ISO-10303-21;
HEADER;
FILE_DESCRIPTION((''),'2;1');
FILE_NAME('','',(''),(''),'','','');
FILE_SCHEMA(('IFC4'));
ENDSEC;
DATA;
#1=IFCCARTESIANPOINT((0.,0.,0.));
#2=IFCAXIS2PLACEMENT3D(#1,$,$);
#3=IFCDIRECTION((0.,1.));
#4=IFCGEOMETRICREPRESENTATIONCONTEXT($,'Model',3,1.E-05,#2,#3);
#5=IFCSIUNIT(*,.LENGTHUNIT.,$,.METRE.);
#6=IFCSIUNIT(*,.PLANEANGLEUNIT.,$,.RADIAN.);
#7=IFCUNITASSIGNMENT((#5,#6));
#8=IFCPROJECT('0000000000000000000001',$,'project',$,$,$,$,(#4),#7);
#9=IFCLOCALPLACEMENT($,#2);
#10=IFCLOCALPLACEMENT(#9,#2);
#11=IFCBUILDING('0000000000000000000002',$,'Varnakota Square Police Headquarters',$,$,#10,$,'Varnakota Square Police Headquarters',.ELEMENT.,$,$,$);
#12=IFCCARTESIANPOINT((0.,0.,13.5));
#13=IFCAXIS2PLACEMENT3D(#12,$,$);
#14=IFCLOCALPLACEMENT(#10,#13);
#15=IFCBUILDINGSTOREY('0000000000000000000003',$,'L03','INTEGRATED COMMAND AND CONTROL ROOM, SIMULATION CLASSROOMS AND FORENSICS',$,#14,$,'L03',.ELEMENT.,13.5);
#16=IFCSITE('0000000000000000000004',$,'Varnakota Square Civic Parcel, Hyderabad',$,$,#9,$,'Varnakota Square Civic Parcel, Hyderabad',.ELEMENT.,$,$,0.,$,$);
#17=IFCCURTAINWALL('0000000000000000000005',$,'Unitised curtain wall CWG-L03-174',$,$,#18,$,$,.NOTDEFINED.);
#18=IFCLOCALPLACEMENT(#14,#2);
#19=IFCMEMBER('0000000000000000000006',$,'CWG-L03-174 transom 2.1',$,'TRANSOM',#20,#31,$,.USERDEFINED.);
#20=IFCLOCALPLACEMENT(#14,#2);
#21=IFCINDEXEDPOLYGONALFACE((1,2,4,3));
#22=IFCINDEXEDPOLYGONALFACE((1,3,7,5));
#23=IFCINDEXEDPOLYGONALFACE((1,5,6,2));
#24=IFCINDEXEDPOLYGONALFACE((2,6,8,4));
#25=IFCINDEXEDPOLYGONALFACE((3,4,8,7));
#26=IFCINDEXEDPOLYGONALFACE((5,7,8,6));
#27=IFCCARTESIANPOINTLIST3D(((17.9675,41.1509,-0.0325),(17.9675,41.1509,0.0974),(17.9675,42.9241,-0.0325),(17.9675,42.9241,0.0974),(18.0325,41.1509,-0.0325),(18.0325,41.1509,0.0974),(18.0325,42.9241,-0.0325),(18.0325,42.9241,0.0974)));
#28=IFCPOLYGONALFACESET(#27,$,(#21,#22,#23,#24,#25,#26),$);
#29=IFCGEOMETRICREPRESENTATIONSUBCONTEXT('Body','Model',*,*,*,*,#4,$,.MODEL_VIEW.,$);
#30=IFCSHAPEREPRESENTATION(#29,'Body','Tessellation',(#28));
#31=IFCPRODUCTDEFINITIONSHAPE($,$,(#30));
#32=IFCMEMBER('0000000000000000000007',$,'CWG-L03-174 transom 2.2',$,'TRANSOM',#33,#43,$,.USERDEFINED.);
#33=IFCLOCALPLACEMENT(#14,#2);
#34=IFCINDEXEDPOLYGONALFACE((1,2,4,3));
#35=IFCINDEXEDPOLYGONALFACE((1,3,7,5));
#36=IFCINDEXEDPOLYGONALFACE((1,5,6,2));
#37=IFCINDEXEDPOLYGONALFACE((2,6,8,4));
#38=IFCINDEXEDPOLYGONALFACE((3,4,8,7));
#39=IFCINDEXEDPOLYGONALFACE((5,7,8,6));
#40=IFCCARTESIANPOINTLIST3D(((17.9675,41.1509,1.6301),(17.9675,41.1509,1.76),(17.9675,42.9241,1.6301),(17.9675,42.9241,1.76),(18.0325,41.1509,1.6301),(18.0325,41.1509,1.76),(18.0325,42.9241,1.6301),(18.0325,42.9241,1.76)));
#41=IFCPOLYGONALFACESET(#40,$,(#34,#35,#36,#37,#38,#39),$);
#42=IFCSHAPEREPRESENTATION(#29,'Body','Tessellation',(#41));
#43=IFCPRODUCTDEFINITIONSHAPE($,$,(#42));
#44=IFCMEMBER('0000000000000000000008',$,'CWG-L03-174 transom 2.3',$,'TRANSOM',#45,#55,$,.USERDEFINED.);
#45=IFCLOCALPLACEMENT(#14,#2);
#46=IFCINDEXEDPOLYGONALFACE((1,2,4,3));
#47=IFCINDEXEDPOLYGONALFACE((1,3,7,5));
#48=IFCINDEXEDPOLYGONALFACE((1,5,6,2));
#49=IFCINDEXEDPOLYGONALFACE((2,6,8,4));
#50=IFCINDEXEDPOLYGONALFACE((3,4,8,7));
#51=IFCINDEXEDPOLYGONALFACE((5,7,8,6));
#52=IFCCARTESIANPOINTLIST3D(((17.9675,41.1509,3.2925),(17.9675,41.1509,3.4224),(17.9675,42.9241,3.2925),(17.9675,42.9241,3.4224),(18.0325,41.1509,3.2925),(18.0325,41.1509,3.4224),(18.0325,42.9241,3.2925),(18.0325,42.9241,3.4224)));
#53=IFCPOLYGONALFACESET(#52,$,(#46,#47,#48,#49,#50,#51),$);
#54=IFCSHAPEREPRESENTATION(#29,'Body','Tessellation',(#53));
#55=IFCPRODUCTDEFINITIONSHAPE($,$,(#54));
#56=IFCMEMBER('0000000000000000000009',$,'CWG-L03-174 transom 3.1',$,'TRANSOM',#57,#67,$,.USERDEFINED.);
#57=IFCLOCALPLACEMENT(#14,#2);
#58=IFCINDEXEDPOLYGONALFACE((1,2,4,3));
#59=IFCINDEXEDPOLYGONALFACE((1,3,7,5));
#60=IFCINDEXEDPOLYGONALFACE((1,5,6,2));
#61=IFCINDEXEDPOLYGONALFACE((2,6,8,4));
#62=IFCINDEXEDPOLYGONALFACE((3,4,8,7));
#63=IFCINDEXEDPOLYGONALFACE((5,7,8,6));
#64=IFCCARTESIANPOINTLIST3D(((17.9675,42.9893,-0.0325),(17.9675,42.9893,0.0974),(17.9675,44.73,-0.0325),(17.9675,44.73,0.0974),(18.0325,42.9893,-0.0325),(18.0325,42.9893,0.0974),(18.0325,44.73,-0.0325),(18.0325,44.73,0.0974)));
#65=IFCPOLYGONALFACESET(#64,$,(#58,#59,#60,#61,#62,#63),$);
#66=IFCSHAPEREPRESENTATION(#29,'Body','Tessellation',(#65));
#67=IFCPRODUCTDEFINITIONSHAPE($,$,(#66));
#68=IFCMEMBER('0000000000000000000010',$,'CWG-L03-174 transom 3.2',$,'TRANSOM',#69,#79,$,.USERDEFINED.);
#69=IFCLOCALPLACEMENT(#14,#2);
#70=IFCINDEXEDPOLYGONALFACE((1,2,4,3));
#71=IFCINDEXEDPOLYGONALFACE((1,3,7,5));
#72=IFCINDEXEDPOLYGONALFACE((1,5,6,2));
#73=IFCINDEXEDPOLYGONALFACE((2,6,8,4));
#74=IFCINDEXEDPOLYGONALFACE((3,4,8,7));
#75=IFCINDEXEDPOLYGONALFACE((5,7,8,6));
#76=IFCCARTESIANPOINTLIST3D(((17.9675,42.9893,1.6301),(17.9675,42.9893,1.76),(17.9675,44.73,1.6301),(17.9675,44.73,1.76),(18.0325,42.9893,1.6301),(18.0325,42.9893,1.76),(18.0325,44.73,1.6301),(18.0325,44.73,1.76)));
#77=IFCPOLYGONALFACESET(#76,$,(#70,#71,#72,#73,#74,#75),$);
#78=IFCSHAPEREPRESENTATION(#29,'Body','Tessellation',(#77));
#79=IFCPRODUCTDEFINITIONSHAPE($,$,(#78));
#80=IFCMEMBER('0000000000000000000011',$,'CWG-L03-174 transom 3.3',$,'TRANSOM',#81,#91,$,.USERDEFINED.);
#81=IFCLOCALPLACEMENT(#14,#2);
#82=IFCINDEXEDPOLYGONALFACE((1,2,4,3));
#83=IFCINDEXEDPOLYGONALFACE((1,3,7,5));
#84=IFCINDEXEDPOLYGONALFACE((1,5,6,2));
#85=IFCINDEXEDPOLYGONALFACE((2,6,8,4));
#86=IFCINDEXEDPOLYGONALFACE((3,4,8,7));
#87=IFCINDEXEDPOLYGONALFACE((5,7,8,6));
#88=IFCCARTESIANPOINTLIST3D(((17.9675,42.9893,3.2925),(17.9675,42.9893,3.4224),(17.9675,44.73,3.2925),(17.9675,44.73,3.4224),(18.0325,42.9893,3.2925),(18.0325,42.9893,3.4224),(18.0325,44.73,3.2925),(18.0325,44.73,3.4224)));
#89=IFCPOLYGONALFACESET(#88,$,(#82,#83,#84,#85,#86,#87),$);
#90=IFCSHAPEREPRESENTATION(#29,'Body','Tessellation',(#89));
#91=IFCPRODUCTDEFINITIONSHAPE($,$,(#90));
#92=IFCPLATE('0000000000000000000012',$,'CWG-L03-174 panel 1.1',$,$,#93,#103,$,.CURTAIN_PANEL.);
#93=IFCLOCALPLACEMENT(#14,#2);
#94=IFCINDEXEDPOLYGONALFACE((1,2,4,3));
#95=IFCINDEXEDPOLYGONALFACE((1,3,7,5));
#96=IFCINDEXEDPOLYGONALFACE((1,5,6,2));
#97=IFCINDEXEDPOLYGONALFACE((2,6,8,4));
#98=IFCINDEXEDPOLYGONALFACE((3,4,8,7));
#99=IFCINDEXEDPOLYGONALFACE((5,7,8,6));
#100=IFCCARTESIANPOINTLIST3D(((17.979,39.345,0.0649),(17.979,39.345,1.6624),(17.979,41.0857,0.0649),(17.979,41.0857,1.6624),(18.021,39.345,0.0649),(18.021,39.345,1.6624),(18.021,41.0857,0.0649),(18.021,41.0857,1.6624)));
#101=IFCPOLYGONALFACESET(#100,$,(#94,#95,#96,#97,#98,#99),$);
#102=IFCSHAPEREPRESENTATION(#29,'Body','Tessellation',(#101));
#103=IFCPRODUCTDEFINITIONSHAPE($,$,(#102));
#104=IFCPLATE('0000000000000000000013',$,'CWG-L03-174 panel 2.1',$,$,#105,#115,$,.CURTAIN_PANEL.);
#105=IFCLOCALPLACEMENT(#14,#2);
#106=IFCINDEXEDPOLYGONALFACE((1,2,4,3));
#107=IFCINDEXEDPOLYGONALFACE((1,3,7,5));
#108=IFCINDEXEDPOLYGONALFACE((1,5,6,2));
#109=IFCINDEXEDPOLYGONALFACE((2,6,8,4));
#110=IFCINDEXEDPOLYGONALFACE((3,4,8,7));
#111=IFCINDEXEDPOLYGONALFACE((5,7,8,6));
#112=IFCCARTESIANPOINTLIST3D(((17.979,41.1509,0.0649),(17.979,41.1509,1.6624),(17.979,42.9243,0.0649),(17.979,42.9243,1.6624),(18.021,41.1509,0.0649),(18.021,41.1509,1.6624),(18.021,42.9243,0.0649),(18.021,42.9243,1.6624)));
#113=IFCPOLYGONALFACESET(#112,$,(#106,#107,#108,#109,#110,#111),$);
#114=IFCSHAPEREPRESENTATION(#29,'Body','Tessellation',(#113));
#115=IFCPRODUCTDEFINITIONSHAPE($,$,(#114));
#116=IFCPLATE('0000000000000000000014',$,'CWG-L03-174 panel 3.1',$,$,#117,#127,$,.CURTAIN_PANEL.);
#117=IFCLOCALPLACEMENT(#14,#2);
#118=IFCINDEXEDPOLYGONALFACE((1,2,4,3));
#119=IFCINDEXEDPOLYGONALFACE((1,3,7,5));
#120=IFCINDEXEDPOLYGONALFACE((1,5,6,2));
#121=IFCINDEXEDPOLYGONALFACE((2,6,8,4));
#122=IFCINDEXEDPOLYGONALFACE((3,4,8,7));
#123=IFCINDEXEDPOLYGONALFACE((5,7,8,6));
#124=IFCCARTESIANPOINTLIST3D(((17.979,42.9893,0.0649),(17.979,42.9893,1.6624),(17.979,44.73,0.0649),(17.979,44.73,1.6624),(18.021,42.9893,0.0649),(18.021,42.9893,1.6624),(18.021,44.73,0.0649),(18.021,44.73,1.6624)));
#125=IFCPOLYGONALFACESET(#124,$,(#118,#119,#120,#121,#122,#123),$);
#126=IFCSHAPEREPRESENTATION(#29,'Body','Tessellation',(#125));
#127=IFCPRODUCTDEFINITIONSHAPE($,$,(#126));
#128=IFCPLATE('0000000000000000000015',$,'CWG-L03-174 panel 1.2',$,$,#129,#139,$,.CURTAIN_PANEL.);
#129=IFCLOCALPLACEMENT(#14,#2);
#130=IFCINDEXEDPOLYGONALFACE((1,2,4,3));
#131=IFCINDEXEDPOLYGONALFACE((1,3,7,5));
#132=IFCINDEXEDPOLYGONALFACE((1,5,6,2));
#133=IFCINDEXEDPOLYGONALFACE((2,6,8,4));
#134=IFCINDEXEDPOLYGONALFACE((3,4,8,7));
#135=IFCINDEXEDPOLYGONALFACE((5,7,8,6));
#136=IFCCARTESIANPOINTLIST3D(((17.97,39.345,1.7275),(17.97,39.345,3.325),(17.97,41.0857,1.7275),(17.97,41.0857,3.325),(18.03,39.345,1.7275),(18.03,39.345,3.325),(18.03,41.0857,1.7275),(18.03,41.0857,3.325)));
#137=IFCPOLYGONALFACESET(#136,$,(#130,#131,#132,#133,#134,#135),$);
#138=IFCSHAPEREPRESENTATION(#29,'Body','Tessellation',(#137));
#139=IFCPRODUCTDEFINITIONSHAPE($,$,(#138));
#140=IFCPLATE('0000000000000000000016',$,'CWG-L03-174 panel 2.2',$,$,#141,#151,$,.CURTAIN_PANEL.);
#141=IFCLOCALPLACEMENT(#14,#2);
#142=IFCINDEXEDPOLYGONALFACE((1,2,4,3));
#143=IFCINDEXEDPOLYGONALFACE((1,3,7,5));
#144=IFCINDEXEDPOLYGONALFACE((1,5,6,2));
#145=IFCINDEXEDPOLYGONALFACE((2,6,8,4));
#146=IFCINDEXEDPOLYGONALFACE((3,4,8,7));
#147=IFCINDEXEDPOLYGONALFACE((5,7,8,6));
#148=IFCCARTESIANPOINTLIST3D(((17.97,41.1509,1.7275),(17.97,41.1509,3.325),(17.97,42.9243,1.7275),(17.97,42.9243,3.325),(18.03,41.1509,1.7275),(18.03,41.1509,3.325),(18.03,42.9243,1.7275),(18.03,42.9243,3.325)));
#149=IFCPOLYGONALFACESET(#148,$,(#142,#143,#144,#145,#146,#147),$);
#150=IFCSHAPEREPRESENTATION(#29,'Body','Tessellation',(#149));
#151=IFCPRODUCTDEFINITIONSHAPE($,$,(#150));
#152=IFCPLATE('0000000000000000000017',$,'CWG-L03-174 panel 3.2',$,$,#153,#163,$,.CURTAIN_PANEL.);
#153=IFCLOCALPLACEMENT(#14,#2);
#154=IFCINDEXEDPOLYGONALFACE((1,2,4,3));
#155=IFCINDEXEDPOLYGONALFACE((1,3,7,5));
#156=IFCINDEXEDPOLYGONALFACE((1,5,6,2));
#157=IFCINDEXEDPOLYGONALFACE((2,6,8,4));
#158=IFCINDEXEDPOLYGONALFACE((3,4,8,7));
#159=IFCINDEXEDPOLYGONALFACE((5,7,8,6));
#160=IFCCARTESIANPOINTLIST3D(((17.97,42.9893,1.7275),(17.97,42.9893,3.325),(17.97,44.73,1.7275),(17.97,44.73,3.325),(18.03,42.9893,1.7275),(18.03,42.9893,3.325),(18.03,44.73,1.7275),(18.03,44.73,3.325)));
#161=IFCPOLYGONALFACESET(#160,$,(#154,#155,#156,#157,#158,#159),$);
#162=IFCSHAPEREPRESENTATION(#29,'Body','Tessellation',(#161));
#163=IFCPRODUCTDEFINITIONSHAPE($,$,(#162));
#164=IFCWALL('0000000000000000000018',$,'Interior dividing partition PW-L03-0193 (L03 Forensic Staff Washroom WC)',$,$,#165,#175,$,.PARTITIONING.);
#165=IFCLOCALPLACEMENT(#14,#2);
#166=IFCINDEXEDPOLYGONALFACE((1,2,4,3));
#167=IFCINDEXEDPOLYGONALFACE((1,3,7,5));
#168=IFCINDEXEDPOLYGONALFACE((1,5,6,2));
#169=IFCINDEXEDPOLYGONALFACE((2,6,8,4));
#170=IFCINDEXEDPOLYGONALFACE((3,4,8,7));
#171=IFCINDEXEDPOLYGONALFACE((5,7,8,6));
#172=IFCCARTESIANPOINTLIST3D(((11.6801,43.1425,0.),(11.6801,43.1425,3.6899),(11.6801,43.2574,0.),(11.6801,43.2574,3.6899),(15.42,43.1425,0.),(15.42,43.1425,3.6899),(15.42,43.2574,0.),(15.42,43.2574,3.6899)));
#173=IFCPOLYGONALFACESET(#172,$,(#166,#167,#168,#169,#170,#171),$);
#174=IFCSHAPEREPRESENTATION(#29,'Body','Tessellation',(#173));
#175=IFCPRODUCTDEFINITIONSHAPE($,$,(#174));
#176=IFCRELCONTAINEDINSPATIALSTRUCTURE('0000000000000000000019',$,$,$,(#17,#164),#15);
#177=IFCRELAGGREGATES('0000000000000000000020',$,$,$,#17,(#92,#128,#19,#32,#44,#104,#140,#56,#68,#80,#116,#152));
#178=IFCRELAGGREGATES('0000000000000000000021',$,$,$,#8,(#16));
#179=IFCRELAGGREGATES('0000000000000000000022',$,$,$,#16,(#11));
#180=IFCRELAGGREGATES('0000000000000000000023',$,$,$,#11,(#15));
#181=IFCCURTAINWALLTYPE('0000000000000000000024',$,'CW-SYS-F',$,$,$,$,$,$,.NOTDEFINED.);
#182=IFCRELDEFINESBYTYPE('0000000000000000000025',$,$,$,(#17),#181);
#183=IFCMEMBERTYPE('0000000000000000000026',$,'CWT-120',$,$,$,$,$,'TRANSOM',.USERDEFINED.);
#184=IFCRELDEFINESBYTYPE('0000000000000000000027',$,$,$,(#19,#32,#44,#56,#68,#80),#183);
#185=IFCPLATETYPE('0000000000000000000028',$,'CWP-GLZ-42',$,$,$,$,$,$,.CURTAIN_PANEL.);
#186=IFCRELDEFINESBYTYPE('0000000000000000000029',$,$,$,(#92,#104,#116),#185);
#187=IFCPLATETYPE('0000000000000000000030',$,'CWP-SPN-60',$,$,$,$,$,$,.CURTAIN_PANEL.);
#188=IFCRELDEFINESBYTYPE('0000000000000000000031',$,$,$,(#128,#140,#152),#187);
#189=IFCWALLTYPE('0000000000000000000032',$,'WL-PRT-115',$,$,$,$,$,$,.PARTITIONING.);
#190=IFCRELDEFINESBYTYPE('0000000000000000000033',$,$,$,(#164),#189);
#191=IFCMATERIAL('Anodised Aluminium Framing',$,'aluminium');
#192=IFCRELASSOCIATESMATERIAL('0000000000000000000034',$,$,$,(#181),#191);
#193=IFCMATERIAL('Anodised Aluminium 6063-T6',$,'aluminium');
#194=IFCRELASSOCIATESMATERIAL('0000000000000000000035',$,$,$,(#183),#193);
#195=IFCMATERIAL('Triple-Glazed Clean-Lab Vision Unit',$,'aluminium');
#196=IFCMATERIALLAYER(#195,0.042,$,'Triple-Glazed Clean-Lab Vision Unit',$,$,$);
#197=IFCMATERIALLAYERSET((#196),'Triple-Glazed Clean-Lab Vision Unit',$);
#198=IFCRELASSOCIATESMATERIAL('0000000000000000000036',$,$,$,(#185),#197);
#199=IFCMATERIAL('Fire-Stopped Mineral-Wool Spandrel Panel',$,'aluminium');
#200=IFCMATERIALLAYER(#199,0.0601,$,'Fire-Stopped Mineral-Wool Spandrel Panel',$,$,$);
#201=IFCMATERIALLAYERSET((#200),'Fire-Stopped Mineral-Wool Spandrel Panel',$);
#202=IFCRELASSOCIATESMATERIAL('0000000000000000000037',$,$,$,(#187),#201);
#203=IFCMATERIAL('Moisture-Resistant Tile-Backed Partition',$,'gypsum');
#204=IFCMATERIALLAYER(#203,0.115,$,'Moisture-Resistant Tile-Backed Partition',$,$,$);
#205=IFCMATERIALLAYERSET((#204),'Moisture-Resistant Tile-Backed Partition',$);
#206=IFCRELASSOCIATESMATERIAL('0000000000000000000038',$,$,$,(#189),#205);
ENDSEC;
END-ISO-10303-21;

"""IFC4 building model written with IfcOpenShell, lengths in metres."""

from ifc_helpers import new_model, si_unit, direction, frame, frame_2d, origin, origin_2d, place, context, subcontext, project, spatial, rectangle, extrude, material, layer, layer_set, material_profile, profile_set, type_object, element, aggregate, save


model = new_model("IFC4")

# Units and contexts
model_context = context("Model", 3, precision=1e-05, world=origin(), true_north=direction((0.0, 1.0)))
body_context = subcontext(model_context, "Body", "Model", "MODEL_VIEW")
ifc_project = project(units=[si_unit("LENGTHUNIT", "METRE"), si_unit("PLANEANGLEUNIT", "RADIAN")], contexts=[model_context])

# Site, building, storey
site_placement = place(None, origin())
site = spatial("IfcSite", under=ifc_project, at=site_placement, Name="Varnakota Square Civic Parcel, Hyderabad", LongName="Varnakota Square Civic Parcel, Hyderabad", CompositionType="ELEMENT", RefElevation=0.0)
building_placement = place(site_placement, origin())
building = spatial("IfcBuilding", under=site, at=building_placement, Name="Varnakota Square Police Headquarters", LongName="Varnakota Square Police Headquarters", CompositionType="ELEMENT")
storey_placement = place(building_placement, frame((0.0, 0.0, 13.5)))
storey = spatial("IfcBuildingStorey", under=building, at=storey_placement, Name="L03", Description="INTEGRATED COMMAND AND CONTROL ROOM, SIMULATION CLASSROOMS AND FORENSICS", LongName="L03", CompositionType="ELEMENT", Elevation=13.5)

# Curtain wall, members, plates
ifc_material_1 = material(Name="Anodised Aluminium Framing", Category="aluminium")
curtain_wall_type = type_object("IfcCurtainWallType", Name="CW-SYS-F", PredefinedType="NOTDEFINED", material=ifc_material_1)
curtain_wall_placement = place(storey_placement, origin())
curtain_wall = element("IfcCurtainWall", 1, at=curtain_wall_placement, inside=storey, type_object=curtain_wall_type, Name="Unitised curtain wall CWG-L03-174", PredefinedType="NOTDEFINED")
ifc_material_2 = material(Name="Anodised Aluminium 6063-T6", Category="aluminium")
ifc_material_profile_1 = material_profile(ifc_material_2, rectangle(XDim=0.0649, YDim=0.1299, at=origin_2d()), Name="ALU TRANSOM 65x130")
ifc_profile_set_1 = profile_set([ifc_material_profile_1], Name="Anodised Aluminium 6063-T6")
member_type_1 = type_object("IfcMemberType", Name="CWT-120", ElementType="TRANSOM", PredefinedType="USERDEFINED", material=ifc_profile_set_1)
member_1_placement = place(storey_placement, frame((18.0, 41.1509, 0.0325), z_axis=(0.0, 1.0, 0.0), x_axis=(-1.0, 0.0, 0.0)))
member_1 = element("IfcMember", 2, at=member_1_placement, type_object=member_type_1, Name="CWG-L03-174 transom 2.1", ObjectType="TRANSOM", PredefinedType="USERDEFINED", context=body_context, shape_type="SweptSolid", body=[
    extrude(rectangle(XDim=0.0649, YDim=0.1299, at=origin_2d()), origin(), (0.0, 0.0, 1.0), 1.7732),
])
member_2_placement = place(storey_placement, frame((18.0, 41.1509, 1.6951), z_axis=(0.0, 1.0, 0.0), x_axis=(-1.0, 0.0, 0.0)))
member_2 = element("IfcMember", 3, at=member_2_placement, type_object=member_type_1, Name="CWG-L03-174 transom 2.2", ObjectType="TRANSOM", PredefinedType="USERDEFINED", context=body_context, shape_type="SweptSolid", body=[
    extrude(rectangle(XDim=0.0649, YDim=0.1299, at=origin_2d()), origin(), (0.0, 0.0, 1.0), 1.7732),
])
member_3_placement = place(storey_placement, frame((18.0, 41.1509, 3.3574), z_axis=(0.0, 1.0, 0.0), x_axis=(-1.0, 0.0, 0.0)))
member_3 = element("IfcMember", 4, at=member_3_placement, type_object=member_type_1, Name="CWG-L03-174 transom 2.3", ObjectType="TRANSOM", PredefinedType="USERDEFINED", context=body_context, shape_type="SweptSolid", body=[
    extrude(rectangle(XDim=0.0649, YDim=0.1299, at=origin_2d()), origin(), (0.0, 0.0, 1.0), 1.7732),
])
member_4_placement = place(storey_placement, frame((18.0, 42.9893, 0.0325), z_axis=(0.0, 1.0, 0.0), x_axis=(-1.0, 0.0, 0.0)))
member_4 = element("IfcMember", 5, at=member_4_placement, type_object=member_type_1, Name="CWG-L03-174 transom 3.1", ObjectType="TRANSOM", PredefinedType="USERDEFINED", context=body_context, shape_type="SweptSolid", body=[
    extrude(rectangle(XDim=0.0649, YDim=0.1299, at=origin_2d()), origin(), (0.0, 0.0, 1.0), 1.7407),
])
member_5_placement = place(storey_placement, frame((18.0, 42.9893, 1.6951), z_axis=(0.0, 1.0, 0.0), x_axis=(-1.0, 0.0, 0.0)))
member_5 = element("IfcMember", 6, at=member_5_placement, type_object=member_type_1, Name="CWG-L03-174 transom 3.2", ObjectType="TRANSOM", PredefinedType="USERDEFINED", context=body_context, shape_type="SweptSolid", body=[
    extrude(rectangle(XDim=0.0649, YDim=0.1299, at=origin_2d()), origin(), (0.0, 0.0, 1.0), 1.7407),
])
member_6_placement = place(storey_placement, frame((18.0, 42.9893, 3.3574), z_axis=(0.0, 1.0, 0.0), x_axis=(-1.0, 0.0, 0.0)))
member_6 = element("IfcMember", 7, at=member_6_placement, type_object=member_type_1, Name="CWG-L03-174 transom 3.3", ObjectType="TRANSOM", PredefinedType="USERDEFINED", context=body_context, shape_type="SweptSolid", body=[
    extrude(rectangle(XDim=0.0649, YDim=0.1299, at=origin_2d()), origin(), (0.0, 0.0, 1.0), 1.7407),
])
ifc_material_3 = material(Name="Triple-Glazed Clean-Lab Vision Unit", Category="aluminium")
ifc_layer_1 = layer(ifc_material_3, 0.042, Name="Triple-Glazed Clean-Lab Vision Unit")
ifc_layer_set_1 = layer_set([ifc_layer_1], Name="Triple-Glazed Clean-Lab Vision Unit")
plate_type_1 = type_object("IfcPlateType", Name="CWP-GLZ-42", PredefinedType="CURTAIN_PANEL", material=ifc_layer_set_1)
plate_1_placement = place(storey_placement, frame((18.0, 40.2153, 0.0649), z_axis=(0.0, 0.0, 1.0), x_axis=(0.0, 1.0, 0.0)))
plate_1 = element("IfcPlate", 8, at=plate_1_placement, type_object=plate_type_1, Name="CWG-L03-174 panel 1.1", PredefinedType="CURTAIN_PANEL", context=body_context, shape_type="SweptSolid", body=[
    extrude(rectangle(XDim=1.7407, YDim=0.042, at=origin_2d()), origin(), (0.0, 0.0, 1.0), 1.5974),
])
plate_2_placement = place(storey_placement, frame((18.0, 42.0376, 0.0649), z_axis=(0.0, 0.0, 1.0), x_axis=(0.0, 1.0, 0.0)))
plate_2 = element("IfcPlate", 9, at=plate_2_placement, type_object=plate_type_1, Name="CWG-L03-174 panel 2.1", PredefinedType="CURTAIN_PANEL", context=body_context, shape_type="SweptSolid", body=[
    extrude(rectangle(XDim=1.7734, YDim=0.042, at=origin_2d()), origin(), (0.0, 0.0, 1.0), 1.5974),
])
plate_3_placement = place(storey_placement, frame((18.0, 43.8596, 0.0649), z_axis=(0.0, 0.0, 1.0), x_axis=(0.0, 1.0, 0.0)))
plate_3 = element("IfcPlate", 10, at=plate_3_placement, type_object=plate_type_1, Name="CWG-L03-174 panel 3.1", PredefinedType="CURTAIN_PANEL", context=body_context, shape_type="SweptSolid", body=[
    extrude(rectangle(XDim=1.7407, YDim=0.042, at=origin_2d()), origin(), (0.0, 0.0, 1.0), 1.5974),
])
ifc_material_4 = material(Name="Fire-Stopped Mineral-Wool Spandrel Panel", Category="aluminium")
ifc_layer_2 = layer(ifc_material_4, 0.0601, Name="Fire-Stopped Mineral-Wool Spandrel Panel")
ifc_layer_set_2 = layer_set([ifc_layer_2], Name="Fire-Stopped Mineral-Wool Spandrel Panel")
plate_type_2 = type_object("IfcPlateType", Name="CWP-SPN-60", PredefinedType="CURTAIN_PANEL", material=ifc_layer_set_2)
plate_4_placement = place(storey_placement, frame((18.0, 40.2153, 1.7275), z_axis=(0.0, 0.0, 1.0), x_axis=(0.0, 1.0, 0.0)))
plate_4 = element("IfcPlate", 11, at=plate_4_placement, type_object=plate_type_2, Name="CWG-L03-174 panel 1.2", PredefinedType="CURTAIN_PANEL", context=body_context, shape_type="SweptSolid", body=[
    extrude(rectangle(XDim=1.7407, YDim=0.0601, at=origin_2d()), origin(), (0.0, 0.0, 1.0), 1.5974),
])
plate_5_placement = place(storey_placement, frame((18.0, 42.0376, 1.7275), z_axis=(0.0, 0.0, 1.0), x_axis=(0.0, 1.0, 0.0)))
plate_5 = element("IfcPlate", 12, at=plate_5_placement, type_object=plate_type_2, Name="CWG-L03-174 panel 2.2", PredefinedType="CURTAIN_PANEL", context=body_context, shape_type="SweptSolid", body=[
    extrude(rectangle(XDim=1.7734, YDim=0.0601, at=origin_2d()), origin(), (0.0, 0.0, 1.0), 1.5974),
])
plate_6_placement = place(storey_placement, frame((18.0, 43.8596, 1.7275), z_axis=(0.0, 0.0, 1.0), x_axis=(0.0, 1.0, 0.0)))
plate_6 = element("IfcPlate", 13, at=plate_6_placement, type_object=plate_type_2, Name="CWG-L03-174 panel 3.2", PredefinedType="CURTAIN_PANEL", context=body_context, shape_type="SweptSolid", body=[
    extrude(rectangle(XDim=1.7407, YDim=0.0601, at=origin_2d()), origin(), (0.0, 0.0, 1.0), 1.5974),
])
aggregate(curtain_wall, [plate_1, plate_4, member_1, member_2, member_3, plate_2, plate_5, member_4, member_5, member_6, plate_3, plate_6])

# Wall
ifc_material_5 = material(Name="Moisture-Resistant Tile-Backed Partition", Category="gypsum")
ifc_layer_3 = layer(ifc_material_5, 0.115, Name="Moisture-Resistant Tile-Backed Partition")
ifc_layer_set_3 = layer_set([ifc_layer_3], Name="Moisture-Resistant Tile-Backed Partition")
wall_type_1 = type_object("IfcWallType", Name="WL-PRT-115", PredefinedType="PARTITIONING", material=ifc_layer_set_3)
wall_1_placement = place(storey_placement, frame((11.6799, 43.2, 0.0), z_axis=(0.0, 0.0, 1.0), x_axis=(1.0, 0.0, 0.0)))
element("IfcWall", 14, at=wall_1_placement, inside=storey, type_object=wall_type_1, Name="Interior dividing partition PW-L03-0193 (L03 Forensic Staff Washroom WC)", PredefinedType="PARTITIONING", context=body_context, shape_type="SweptSolid", body=[
    extrude(rectangle(XDim=3.74, YDim=0.115, at=frame_2d((1.8701, 0.0))), origin(), (0.0, 0.0, 1.0), 3.6899),
])

save(model, "model.ifc")
